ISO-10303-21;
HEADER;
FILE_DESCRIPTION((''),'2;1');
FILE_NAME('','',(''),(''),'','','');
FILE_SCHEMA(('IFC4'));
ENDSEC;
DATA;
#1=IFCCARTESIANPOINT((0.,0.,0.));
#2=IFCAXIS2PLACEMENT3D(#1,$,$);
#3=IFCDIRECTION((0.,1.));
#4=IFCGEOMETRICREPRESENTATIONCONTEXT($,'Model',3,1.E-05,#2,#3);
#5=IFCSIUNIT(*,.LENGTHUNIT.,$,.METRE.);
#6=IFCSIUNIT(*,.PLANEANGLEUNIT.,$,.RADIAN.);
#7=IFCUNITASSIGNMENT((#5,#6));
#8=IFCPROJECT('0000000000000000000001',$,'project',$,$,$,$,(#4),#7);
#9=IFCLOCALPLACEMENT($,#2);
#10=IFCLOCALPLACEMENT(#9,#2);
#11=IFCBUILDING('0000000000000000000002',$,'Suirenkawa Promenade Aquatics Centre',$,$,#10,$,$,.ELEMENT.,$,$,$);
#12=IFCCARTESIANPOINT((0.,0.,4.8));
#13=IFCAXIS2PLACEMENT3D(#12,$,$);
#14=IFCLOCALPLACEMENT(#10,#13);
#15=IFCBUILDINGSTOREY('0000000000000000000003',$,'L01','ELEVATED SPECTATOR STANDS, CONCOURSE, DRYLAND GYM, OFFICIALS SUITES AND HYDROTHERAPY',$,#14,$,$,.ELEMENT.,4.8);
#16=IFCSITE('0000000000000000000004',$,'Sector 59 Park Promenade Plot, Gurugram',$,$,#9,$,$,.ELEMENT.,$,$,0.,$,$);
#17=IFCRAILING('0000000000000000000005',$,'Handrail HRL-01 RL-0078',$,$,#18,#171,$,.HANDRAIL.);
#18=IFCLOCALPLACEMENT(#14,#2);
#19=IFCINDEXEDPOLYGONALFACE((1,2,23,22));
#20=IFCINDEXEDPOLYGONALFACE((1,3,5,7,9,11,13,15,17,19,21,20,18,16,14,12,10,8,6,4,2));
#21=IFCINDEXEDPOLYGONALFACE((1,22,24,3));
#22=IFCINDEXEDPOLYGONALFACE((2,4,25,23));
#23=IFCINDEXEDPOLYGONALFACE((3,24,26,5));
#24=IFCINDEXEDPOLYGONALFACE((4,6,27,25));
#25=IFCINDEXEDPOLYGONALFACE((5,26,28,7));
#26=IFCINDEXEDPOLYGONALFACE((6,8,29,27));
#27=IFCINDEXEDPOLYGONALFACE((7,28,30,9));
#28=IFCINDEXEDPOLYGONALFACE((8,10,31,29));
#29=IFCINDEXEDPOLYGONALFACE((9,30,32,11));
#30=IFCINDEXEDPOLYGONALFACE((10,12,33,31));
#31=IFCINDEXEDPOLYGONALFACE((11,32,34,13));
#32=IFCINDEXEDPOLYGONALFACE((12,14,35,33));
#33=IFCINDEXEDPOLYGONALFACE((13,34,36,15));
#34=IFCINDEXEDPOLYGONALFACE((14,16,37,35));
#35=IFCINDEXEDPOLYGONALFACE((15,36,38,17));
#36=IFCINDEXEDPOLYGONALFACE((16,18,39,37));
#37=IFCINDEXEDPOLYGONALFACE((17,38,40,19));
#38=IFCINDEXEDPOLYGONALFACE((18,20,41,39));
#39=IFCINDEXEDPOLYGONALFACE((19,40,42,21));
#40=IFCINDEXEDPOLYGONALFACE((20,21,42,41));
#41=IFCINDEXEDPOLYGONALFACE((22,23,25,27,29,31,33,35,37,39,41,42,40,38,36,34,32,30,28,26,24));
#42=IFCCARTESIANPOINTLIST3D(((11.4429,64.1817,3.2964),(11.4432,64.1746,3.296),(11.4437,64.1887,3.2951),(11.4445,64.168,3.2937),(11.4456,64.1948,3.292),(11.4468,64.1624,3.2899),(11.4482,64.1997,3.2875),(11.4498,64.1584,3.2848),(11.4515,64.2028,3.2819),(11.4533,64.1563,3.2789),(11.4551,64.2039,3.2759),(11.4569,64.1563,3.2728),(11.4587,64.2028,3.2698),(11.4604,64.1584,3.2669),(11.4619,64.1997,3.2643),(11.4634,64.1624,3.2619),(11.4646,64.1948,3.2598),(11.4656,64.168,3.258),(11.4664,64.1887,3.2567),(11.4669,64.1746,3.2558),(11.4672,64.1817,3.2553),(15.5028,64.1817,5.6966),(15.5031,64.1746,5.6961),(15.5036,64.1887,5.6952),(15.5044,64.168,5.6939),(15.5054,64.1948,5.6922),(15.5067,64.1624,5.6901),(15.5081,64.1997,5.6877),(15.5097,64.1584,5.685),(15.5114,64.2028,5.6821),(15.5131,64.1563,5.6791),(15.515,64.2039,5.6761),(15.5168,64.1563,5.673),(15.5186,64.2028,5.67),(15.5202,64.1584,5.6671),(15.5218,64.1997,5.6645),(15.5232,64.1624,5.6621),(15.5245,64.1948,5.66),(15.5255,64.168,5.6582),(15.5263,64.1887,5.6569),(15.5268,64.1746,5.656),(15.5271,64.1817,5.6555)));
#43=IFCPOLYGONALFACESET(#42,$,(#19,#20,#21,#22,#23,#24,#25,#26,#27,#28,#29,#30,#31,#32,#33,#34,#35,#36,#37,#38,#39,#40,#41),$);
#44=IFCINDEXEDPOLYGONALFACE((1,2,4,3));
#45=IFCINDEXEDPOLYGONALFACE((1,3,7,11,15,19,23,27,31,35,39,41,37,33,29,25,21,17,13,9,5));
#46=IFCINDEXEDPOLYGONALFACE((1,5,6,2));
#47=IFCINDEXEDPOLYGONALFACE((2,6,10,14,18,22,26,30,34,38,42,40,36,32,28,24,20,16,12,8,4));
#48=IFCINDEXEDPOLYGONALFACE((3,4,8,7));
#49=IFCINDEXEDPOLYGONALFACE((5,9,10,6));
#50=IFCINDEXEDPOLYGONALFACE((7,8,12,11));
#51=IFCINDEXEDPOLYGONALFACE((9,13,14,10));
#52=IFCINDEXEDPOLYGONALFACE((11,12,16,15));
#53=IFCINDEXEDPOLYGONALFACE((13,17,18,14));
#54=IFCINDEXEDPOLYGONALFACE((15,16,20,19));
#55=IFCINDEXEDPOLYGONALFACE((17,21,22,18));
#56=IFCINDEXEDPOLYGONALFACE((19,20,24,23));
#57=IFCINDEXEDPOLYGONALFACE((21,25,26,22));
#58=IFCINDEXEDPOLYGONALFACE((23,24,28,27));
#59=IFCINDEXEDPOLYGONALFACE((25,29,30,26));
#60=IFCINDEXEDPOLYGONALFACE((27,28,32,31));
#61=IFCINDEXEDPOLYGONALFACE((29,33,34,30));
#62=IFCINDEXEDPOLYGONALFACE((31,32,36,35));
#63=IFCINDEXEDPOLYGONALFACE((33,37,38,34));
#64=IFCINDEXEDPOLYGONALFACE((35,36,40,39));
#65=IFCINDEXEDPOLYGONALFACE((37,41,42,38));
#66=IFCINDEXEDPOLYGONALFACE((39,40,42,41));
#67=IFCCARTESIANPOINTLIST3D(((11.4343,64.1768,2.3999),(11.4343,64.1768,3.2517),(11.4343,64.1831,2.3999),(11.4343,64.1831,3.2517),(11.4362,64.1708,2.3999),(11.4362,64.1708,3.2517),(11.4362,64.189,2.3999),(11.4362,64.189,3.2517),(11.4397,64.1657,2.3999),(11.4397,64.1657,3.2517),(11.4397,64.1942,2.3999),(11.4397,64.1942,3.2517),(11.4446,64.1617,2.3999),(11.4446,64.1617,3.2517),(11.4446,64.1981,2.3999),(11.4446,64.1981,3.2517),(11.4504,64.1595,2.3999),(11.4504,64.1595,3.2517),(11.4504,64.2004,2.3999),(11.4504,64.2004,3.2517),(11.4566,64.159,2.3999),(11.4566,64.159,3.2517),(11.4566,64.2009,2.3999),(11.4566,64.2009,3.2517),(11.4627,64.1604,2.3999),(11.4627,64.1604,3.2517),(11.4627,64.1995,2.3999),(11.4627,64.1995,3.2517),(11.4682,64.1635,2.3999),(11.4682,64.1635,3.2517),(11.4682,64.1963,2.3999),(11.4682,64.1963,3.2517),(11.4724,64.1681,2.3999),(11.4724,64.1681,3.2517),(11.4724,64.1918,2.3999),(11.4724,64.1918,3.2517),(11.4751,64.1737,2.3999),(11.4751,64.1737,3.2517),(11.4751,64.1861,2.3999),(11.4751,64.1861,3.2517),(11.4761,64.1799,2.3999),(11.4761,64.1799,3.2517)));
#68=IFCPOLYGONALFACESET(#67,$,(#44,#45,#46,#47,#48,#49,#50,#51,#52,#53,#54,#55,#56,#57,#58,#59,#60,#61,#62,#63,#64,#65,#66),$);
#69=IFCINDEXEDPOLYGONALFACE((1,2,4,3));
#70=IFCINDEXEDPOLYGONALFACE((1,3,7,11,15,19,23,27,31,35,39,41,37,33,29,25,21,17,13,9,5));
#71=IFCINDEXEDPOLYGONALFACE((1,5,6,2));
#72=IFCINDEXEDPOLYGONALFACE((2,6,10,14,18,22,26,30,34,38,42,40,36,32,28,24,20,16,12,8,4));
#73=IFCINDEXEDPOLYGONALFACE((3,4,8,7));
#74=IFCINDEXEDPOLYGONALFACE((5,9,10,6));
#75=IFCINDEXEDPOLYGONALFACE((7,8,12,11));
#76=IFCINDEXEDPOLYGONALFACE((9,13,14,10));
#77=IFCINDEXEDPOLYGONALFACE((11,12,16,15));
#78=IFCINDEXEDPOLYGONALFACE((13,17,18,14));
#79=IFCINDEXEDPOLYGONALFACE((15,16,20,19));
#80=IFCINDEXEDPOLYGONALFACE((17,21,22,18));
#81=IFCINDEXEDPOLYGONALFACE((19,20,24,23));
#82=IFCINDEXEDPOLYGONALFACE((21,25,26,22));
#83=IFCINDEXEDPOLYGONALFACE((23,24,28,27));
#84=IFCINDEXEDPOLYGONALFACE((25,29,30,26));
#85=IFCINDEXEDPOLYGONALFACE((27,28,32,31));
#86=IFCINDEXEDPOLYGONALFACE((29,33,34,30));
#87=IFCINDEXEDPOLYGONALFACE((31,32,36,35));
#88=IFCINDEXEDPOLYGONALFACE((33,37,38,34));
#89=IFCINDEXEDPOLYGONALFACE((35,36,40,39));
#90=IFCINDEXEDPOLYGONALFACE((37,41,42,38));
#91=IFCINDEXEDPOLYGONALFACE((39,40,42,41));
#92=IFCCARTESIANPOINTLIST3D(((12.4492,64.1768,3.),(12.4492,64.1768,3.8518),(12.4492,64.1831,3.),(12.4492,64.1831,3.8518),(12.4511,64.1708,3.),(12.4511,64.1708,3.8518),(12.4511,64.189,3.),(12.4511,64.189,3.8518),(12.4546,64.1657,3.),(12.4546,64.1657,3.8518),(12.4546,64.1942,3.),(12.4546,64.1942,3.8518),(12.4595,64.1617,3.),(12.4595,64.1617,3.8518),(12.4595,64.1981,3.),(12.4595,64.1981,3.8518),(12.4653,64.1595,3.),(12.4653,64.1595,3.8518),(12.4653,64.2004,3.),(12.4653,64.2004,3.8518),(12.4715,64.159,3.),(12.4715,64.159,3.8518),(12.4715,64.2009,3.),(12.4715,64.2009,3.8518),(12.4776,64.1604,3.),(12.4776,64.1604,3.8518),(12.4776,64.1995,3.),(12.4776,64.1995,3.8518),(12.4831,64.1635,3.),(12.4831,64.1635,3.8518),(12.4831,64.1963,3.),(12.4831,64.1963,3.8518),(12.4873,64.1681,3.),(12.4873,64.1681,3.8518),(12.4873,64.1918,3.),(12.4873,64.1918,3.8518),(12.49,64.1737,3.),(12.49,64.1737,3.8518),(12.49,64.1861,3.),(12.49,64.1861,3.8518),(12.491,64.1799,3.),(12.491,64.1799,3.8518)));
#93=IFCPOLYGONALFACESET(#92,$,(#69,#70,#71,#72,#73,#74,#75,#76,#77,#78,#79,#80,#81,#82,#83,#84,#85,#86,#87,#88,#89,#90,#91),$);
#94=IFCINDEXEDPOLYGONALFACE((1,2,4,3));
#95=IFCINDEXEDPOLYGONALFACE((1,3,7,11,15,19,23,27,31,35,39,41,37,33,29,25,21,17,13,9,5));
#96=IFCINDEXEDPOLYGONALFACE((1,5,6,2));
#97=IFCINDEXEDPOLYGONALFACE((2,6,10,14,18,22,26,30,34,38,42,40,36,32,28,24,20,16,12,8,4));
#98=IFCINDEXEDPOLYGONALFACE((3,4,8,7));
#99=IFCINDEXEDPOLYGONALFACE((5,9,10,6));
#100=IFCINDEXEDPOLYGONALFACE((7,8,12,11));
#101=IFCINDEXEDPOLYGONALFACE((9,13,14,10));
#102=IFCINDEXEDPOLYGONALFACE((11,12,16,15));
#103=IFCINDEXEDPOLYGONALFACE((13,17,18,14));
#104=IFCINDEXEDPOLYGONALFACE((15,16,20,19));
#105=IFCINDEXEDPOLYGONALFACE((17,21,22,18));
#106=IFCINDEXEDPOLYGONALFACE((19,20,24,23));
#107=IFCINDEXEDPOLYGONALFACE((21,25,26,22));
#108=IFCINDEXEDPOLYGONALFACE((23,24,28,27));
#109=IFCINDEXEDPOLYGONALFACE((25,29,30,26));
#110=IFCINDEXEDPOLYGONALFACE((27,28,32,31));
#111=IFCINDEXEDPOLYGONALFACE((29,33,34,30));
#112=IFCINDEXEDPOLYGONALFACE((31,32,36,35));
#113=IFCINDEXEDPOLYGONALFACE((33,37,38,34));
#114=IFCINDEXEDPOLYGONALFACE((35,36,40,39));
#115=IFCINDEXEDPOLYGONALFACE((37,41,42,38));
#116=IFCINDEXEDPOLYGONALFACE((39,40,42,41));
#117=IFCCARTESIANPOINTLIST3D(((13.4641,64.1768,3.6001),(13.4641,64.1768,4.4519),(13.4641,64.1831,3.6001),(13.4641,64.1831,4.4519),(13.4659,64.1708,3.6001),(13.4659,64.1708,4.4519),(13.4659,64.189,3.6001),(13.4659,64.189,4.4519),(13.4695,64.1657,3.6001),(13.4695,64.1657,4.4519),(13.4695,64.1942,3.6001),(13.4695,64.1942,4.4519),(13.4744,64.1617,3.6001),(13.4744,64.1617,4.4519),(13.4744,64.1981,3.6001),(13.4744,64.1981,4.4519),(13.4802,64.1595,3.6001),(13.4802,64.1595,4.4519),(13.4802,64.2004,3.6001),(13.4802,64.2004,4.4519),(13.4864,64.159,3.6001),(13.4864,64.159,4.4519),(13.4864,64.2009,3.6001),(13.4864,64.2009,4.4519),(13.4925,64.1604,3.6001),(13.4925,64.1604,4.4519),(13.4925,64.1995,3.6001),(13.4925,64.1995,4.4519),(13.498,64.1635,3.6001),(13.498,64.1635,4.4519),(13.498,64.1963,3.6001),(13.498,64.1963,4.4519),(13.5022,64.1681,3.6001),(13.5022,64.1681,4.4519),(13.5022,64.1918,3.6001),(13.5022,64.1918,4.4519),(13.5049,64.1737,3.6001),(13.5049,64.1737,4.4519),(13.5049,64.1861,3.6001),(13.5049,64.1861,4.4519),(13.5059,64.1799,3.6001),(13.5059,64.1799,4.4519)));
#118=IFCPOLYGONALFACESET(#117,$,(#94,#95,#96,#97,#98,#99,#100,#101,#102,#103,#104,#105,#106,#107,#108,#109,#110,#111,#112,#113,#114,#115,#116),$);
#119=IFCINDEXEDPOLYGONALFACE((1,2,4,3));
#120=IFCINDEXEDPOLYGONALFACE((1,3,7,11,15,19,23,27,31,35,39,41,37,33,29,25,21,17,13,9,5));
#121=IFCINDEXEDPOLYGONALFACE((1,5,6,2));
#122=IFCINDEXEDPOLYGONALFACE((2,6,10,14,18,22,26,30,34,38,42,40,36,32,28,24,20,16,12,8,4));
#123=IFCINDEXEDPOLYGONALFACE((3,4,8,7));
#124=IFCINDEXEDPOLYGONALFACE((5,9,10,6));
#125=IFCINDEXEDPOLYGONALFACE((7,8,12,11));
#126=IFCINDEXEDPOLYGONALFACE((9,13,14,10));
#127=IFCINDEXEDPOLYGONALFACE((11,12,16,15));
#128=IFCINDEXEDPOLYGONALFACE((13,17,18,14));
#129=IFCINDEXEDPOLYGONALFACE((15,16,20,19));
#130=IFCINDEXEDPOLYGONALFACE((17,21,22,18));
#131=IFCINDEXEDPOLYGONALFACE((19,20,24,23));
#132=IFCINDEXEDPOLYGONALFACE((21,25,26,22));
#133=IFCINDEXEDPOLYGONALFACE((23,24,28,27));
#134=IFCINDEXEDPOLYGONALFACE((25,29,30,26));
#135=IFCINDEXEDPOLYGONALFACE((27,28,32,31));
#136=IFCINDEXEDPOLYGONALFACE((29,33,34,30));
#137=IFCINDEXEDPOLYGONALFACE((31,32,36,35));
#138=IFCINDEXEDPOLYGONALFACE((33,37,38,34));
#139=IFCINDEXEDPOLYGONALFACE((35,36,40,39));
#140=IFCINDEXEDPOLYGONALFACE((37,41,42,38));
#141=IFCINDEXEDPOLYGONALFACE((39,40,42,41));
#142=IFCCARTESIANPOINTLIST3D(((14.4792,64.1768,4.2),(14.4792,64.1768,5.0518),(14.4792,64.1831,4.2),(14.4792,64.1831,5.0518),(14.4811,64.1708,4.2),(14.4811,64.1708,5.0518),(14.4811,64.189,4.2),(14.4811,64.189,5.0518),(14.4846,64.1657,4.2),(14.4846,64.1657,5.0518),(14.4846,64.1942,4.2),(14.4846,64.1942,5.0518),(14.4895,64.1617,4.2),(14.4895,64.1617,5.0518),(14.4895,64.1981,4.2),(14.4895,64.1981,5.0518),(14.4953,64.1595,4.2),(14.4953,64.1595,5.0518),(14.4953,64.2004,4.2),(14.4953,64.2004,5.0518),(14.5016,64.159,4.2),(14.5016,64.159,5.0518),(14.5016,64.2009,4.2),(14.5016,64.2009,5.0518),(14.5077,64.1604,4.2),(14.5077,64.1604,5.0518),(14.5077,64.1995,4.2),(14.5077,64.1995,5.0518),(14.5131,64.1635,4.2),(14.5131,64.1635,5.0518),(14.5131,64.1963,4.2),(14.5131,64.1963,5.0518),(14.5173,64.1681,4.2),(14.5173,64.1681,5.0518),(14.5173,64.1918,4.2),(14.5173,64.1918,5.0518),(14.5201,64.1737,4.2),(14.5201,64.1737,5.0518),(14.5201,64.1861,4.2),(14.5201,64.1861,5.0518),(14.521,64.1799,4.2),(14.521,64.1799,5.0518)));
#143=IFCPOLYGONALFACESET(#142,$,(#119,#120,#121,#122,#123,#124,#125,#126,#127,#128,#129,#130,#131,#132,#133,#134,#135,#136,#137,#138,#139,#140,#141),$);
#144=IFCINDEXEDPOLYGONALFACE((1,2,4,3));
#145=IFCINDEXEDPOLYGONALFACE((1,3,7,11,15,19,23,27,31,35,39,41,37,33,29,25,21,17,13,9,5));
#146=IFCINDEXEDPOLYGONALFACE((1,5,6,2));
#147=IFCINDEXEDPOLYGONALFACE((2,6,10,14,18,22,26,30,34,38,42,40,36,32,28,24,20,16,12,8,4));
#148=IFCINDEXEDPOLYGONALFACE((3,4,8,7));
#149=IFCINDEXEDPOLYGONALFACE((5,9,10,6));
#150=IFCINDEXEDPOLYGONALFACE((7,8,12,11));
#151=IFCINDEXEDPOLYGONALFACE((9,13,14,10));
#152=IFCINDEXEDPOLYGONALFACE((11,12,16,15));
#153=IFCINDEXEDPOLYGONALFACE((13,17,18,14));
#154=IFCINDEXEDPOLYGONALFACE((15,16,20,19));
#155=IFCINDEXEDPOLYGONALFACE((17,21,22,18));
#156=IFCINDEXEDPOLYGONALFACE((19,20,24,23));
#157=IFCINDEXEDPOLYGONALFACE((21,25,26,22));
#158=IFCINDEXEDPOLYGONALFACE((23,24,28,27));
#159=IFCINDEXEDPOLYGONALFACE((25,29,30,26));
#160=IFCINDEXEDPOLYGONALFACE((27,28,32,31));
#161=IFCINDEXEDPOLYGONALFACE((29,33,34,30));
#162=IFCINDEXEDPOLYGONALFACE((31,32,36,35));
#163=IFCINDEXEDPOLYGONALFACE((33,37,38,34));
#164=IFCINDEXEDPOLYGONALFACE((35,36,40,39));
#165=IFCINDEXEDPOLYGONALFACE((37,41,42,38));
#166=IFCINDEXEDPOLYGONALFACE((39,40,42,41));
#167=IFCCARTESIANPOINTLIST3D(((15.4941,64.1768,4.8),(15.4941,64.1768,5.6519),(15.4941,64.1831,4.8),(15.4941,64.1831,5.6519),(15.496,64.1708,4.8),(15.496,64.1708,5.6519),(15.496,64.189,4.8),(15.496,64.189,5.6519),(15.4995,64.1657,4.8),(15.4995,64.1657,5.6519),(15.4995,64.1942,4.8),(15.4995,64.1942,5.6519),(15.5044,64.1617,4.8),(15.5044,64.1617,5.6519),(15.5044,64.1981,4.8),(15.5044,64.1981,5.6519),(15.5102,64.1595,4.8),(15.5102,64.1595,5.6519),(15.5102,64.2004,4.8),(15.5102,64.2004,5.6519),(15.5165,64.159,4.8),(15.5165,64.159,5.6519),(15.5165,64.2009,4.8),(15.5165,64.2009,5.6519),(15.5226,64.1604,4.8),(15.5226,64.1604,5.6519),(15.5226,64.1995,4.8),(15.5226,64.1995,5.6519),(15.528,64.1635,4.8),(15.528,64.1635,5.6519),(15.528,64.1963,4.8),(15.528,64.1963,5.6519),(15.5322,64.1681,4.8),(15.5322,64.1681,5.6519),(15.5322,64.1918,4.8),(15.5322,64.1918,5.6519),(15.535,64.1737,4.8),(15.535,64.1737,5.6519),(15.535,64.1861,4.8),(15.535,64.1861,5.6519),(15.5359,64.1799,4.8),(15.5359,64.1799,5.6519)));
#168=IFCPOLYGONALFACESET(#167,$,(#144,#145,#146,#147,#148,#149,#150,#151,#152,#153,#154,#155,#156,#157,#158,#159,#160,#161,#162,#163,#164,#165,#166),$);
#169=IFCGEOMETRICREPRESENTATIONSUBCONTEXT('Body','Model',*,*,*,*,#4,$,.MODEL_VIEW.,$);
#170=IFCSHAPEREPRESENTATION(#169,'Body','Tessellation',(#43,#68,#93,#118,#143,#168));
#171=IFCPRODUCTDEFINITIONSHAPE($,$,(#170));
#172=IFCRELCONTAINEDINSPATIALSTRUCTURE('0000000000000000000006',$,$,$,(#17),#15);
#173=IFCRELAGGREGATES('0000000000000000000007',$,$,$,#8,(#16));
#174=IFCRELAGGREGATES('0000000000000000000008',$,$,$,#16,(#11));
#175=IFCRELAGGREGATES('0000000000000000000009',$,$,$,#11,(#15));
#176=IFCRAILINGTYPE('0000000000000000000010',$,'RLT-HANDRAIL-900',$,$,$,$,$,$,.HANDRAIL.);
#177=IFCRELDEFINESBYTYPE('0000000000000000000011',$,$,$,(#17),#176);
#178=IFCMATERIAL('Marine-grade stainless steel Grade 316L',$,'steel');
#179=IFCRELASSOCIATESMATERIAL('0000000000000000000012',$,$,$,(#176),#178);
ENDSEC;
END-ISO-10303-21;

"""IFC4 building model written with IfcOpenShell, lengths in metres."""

from ifc_helpers import new_model, si_unit, direction, frame, origin, origin_2d, place, context, subcontext, project, spatial, circle, extrude, material, type_object, element, save


model = new_model("IFC4")

# Units and contexts
model_context = context("Model", 3, precision=1e-05, world=origin(), true_north=direction((0.0, 1.0)))
body_context = subcontext(model_context, "Body", "Model", "MODEL_VIEW")
ifc_project = project(units=[si_unit("LENGTHUNIT", "METRE"), si_unit("PLANEANGLEUNIT", "RADIAN")], contexts=[model_context])

# Site, building, storey
site_placement = place(None, origin())
site = spatial("IfcSite", under=ifc_project, at=site_placement, Name="Sector 59 Park Promenade Plot, Gurugram", CompositionType="ELEMENT", RefElevation=0.0)
building_placement = place(site_placement, origin())
building = spatial("IfcBuilding", under=site, at=building_placement, Name="Suirenkawa Promenade Aquatics Centre", CompositionType="ELEMENT")
storey_placement = place(building_placement, frame((0.0, 0.0, 4.8)))
storey = spatial("IfcBuildingStorey", under=building, at=storey_placement, Name="L01", Description="ELEVATED SPECTATOR STANDS, CONCOURSE, DRYLAND GYM, OFFICIALS SUITES AND HYDROTHERAPY", CompositionType="ELEMENT", Elevation=4.8)

# Railing
ifc_material_1 = material(Name="Marine-grade stainless steel Grade 316L", Category="steel")
railing_type_1 = type_object("IfcRailingType", Name="RLT-HANDRAIL-900", PredefinedType="HANDRAIL", material=ifc_material_1)
railing_1_placement = place(storey_placement, frame((11.4551, 64.1799, 2.3999)))
element("IfcRailing", 1, at=railing_1_placement, inside=storey, type_object=railing_type_1, Name="Handrail HRL-01 RL-0078", PredefinedType="HANDRAIL", context=body_context, shape_type="SweptSolid", body=[
    extrude(circle(Radius=0.0239, at=origin_2d()), frame((0.0, 0.0, 0.876), z_axis=(0.860818, 0.0, 0.508912), x_axis=(0.0, 1.0, 0.0)), (0.0, 0.0, 1.0), 4.7163),
    extrude(circle(Radius=0.021, at=origin_2d()), origin(), (0.0, 0.0, 1.0), 0.8518),
    extrude(circle(Radius=0.021, at=origin_2d()), frame((1.0149, 0.0, 0.6001)), (0.0, 0.0, 1.0), 0.8518),
    extrude(circle(Radius=0.021, at=origin_2d()), frame((2.0298, 0.0, 1.2002)), (0.0, 0.0, 1.0), 0.8518),
    extrude(circle(Radius=0.021, at=origin_2d()), frame((3.0449, 0.0, 1.8)), (0.0, 0.0, 1.0), 0.8518),
    extrude(circle(Radius=0.021, at=origin_2d()), frame((4.0598, 0.0, 2.4001)), (0.0, 0.0, 1.0), 0.8518),
])

save(model, "model.ifc")
